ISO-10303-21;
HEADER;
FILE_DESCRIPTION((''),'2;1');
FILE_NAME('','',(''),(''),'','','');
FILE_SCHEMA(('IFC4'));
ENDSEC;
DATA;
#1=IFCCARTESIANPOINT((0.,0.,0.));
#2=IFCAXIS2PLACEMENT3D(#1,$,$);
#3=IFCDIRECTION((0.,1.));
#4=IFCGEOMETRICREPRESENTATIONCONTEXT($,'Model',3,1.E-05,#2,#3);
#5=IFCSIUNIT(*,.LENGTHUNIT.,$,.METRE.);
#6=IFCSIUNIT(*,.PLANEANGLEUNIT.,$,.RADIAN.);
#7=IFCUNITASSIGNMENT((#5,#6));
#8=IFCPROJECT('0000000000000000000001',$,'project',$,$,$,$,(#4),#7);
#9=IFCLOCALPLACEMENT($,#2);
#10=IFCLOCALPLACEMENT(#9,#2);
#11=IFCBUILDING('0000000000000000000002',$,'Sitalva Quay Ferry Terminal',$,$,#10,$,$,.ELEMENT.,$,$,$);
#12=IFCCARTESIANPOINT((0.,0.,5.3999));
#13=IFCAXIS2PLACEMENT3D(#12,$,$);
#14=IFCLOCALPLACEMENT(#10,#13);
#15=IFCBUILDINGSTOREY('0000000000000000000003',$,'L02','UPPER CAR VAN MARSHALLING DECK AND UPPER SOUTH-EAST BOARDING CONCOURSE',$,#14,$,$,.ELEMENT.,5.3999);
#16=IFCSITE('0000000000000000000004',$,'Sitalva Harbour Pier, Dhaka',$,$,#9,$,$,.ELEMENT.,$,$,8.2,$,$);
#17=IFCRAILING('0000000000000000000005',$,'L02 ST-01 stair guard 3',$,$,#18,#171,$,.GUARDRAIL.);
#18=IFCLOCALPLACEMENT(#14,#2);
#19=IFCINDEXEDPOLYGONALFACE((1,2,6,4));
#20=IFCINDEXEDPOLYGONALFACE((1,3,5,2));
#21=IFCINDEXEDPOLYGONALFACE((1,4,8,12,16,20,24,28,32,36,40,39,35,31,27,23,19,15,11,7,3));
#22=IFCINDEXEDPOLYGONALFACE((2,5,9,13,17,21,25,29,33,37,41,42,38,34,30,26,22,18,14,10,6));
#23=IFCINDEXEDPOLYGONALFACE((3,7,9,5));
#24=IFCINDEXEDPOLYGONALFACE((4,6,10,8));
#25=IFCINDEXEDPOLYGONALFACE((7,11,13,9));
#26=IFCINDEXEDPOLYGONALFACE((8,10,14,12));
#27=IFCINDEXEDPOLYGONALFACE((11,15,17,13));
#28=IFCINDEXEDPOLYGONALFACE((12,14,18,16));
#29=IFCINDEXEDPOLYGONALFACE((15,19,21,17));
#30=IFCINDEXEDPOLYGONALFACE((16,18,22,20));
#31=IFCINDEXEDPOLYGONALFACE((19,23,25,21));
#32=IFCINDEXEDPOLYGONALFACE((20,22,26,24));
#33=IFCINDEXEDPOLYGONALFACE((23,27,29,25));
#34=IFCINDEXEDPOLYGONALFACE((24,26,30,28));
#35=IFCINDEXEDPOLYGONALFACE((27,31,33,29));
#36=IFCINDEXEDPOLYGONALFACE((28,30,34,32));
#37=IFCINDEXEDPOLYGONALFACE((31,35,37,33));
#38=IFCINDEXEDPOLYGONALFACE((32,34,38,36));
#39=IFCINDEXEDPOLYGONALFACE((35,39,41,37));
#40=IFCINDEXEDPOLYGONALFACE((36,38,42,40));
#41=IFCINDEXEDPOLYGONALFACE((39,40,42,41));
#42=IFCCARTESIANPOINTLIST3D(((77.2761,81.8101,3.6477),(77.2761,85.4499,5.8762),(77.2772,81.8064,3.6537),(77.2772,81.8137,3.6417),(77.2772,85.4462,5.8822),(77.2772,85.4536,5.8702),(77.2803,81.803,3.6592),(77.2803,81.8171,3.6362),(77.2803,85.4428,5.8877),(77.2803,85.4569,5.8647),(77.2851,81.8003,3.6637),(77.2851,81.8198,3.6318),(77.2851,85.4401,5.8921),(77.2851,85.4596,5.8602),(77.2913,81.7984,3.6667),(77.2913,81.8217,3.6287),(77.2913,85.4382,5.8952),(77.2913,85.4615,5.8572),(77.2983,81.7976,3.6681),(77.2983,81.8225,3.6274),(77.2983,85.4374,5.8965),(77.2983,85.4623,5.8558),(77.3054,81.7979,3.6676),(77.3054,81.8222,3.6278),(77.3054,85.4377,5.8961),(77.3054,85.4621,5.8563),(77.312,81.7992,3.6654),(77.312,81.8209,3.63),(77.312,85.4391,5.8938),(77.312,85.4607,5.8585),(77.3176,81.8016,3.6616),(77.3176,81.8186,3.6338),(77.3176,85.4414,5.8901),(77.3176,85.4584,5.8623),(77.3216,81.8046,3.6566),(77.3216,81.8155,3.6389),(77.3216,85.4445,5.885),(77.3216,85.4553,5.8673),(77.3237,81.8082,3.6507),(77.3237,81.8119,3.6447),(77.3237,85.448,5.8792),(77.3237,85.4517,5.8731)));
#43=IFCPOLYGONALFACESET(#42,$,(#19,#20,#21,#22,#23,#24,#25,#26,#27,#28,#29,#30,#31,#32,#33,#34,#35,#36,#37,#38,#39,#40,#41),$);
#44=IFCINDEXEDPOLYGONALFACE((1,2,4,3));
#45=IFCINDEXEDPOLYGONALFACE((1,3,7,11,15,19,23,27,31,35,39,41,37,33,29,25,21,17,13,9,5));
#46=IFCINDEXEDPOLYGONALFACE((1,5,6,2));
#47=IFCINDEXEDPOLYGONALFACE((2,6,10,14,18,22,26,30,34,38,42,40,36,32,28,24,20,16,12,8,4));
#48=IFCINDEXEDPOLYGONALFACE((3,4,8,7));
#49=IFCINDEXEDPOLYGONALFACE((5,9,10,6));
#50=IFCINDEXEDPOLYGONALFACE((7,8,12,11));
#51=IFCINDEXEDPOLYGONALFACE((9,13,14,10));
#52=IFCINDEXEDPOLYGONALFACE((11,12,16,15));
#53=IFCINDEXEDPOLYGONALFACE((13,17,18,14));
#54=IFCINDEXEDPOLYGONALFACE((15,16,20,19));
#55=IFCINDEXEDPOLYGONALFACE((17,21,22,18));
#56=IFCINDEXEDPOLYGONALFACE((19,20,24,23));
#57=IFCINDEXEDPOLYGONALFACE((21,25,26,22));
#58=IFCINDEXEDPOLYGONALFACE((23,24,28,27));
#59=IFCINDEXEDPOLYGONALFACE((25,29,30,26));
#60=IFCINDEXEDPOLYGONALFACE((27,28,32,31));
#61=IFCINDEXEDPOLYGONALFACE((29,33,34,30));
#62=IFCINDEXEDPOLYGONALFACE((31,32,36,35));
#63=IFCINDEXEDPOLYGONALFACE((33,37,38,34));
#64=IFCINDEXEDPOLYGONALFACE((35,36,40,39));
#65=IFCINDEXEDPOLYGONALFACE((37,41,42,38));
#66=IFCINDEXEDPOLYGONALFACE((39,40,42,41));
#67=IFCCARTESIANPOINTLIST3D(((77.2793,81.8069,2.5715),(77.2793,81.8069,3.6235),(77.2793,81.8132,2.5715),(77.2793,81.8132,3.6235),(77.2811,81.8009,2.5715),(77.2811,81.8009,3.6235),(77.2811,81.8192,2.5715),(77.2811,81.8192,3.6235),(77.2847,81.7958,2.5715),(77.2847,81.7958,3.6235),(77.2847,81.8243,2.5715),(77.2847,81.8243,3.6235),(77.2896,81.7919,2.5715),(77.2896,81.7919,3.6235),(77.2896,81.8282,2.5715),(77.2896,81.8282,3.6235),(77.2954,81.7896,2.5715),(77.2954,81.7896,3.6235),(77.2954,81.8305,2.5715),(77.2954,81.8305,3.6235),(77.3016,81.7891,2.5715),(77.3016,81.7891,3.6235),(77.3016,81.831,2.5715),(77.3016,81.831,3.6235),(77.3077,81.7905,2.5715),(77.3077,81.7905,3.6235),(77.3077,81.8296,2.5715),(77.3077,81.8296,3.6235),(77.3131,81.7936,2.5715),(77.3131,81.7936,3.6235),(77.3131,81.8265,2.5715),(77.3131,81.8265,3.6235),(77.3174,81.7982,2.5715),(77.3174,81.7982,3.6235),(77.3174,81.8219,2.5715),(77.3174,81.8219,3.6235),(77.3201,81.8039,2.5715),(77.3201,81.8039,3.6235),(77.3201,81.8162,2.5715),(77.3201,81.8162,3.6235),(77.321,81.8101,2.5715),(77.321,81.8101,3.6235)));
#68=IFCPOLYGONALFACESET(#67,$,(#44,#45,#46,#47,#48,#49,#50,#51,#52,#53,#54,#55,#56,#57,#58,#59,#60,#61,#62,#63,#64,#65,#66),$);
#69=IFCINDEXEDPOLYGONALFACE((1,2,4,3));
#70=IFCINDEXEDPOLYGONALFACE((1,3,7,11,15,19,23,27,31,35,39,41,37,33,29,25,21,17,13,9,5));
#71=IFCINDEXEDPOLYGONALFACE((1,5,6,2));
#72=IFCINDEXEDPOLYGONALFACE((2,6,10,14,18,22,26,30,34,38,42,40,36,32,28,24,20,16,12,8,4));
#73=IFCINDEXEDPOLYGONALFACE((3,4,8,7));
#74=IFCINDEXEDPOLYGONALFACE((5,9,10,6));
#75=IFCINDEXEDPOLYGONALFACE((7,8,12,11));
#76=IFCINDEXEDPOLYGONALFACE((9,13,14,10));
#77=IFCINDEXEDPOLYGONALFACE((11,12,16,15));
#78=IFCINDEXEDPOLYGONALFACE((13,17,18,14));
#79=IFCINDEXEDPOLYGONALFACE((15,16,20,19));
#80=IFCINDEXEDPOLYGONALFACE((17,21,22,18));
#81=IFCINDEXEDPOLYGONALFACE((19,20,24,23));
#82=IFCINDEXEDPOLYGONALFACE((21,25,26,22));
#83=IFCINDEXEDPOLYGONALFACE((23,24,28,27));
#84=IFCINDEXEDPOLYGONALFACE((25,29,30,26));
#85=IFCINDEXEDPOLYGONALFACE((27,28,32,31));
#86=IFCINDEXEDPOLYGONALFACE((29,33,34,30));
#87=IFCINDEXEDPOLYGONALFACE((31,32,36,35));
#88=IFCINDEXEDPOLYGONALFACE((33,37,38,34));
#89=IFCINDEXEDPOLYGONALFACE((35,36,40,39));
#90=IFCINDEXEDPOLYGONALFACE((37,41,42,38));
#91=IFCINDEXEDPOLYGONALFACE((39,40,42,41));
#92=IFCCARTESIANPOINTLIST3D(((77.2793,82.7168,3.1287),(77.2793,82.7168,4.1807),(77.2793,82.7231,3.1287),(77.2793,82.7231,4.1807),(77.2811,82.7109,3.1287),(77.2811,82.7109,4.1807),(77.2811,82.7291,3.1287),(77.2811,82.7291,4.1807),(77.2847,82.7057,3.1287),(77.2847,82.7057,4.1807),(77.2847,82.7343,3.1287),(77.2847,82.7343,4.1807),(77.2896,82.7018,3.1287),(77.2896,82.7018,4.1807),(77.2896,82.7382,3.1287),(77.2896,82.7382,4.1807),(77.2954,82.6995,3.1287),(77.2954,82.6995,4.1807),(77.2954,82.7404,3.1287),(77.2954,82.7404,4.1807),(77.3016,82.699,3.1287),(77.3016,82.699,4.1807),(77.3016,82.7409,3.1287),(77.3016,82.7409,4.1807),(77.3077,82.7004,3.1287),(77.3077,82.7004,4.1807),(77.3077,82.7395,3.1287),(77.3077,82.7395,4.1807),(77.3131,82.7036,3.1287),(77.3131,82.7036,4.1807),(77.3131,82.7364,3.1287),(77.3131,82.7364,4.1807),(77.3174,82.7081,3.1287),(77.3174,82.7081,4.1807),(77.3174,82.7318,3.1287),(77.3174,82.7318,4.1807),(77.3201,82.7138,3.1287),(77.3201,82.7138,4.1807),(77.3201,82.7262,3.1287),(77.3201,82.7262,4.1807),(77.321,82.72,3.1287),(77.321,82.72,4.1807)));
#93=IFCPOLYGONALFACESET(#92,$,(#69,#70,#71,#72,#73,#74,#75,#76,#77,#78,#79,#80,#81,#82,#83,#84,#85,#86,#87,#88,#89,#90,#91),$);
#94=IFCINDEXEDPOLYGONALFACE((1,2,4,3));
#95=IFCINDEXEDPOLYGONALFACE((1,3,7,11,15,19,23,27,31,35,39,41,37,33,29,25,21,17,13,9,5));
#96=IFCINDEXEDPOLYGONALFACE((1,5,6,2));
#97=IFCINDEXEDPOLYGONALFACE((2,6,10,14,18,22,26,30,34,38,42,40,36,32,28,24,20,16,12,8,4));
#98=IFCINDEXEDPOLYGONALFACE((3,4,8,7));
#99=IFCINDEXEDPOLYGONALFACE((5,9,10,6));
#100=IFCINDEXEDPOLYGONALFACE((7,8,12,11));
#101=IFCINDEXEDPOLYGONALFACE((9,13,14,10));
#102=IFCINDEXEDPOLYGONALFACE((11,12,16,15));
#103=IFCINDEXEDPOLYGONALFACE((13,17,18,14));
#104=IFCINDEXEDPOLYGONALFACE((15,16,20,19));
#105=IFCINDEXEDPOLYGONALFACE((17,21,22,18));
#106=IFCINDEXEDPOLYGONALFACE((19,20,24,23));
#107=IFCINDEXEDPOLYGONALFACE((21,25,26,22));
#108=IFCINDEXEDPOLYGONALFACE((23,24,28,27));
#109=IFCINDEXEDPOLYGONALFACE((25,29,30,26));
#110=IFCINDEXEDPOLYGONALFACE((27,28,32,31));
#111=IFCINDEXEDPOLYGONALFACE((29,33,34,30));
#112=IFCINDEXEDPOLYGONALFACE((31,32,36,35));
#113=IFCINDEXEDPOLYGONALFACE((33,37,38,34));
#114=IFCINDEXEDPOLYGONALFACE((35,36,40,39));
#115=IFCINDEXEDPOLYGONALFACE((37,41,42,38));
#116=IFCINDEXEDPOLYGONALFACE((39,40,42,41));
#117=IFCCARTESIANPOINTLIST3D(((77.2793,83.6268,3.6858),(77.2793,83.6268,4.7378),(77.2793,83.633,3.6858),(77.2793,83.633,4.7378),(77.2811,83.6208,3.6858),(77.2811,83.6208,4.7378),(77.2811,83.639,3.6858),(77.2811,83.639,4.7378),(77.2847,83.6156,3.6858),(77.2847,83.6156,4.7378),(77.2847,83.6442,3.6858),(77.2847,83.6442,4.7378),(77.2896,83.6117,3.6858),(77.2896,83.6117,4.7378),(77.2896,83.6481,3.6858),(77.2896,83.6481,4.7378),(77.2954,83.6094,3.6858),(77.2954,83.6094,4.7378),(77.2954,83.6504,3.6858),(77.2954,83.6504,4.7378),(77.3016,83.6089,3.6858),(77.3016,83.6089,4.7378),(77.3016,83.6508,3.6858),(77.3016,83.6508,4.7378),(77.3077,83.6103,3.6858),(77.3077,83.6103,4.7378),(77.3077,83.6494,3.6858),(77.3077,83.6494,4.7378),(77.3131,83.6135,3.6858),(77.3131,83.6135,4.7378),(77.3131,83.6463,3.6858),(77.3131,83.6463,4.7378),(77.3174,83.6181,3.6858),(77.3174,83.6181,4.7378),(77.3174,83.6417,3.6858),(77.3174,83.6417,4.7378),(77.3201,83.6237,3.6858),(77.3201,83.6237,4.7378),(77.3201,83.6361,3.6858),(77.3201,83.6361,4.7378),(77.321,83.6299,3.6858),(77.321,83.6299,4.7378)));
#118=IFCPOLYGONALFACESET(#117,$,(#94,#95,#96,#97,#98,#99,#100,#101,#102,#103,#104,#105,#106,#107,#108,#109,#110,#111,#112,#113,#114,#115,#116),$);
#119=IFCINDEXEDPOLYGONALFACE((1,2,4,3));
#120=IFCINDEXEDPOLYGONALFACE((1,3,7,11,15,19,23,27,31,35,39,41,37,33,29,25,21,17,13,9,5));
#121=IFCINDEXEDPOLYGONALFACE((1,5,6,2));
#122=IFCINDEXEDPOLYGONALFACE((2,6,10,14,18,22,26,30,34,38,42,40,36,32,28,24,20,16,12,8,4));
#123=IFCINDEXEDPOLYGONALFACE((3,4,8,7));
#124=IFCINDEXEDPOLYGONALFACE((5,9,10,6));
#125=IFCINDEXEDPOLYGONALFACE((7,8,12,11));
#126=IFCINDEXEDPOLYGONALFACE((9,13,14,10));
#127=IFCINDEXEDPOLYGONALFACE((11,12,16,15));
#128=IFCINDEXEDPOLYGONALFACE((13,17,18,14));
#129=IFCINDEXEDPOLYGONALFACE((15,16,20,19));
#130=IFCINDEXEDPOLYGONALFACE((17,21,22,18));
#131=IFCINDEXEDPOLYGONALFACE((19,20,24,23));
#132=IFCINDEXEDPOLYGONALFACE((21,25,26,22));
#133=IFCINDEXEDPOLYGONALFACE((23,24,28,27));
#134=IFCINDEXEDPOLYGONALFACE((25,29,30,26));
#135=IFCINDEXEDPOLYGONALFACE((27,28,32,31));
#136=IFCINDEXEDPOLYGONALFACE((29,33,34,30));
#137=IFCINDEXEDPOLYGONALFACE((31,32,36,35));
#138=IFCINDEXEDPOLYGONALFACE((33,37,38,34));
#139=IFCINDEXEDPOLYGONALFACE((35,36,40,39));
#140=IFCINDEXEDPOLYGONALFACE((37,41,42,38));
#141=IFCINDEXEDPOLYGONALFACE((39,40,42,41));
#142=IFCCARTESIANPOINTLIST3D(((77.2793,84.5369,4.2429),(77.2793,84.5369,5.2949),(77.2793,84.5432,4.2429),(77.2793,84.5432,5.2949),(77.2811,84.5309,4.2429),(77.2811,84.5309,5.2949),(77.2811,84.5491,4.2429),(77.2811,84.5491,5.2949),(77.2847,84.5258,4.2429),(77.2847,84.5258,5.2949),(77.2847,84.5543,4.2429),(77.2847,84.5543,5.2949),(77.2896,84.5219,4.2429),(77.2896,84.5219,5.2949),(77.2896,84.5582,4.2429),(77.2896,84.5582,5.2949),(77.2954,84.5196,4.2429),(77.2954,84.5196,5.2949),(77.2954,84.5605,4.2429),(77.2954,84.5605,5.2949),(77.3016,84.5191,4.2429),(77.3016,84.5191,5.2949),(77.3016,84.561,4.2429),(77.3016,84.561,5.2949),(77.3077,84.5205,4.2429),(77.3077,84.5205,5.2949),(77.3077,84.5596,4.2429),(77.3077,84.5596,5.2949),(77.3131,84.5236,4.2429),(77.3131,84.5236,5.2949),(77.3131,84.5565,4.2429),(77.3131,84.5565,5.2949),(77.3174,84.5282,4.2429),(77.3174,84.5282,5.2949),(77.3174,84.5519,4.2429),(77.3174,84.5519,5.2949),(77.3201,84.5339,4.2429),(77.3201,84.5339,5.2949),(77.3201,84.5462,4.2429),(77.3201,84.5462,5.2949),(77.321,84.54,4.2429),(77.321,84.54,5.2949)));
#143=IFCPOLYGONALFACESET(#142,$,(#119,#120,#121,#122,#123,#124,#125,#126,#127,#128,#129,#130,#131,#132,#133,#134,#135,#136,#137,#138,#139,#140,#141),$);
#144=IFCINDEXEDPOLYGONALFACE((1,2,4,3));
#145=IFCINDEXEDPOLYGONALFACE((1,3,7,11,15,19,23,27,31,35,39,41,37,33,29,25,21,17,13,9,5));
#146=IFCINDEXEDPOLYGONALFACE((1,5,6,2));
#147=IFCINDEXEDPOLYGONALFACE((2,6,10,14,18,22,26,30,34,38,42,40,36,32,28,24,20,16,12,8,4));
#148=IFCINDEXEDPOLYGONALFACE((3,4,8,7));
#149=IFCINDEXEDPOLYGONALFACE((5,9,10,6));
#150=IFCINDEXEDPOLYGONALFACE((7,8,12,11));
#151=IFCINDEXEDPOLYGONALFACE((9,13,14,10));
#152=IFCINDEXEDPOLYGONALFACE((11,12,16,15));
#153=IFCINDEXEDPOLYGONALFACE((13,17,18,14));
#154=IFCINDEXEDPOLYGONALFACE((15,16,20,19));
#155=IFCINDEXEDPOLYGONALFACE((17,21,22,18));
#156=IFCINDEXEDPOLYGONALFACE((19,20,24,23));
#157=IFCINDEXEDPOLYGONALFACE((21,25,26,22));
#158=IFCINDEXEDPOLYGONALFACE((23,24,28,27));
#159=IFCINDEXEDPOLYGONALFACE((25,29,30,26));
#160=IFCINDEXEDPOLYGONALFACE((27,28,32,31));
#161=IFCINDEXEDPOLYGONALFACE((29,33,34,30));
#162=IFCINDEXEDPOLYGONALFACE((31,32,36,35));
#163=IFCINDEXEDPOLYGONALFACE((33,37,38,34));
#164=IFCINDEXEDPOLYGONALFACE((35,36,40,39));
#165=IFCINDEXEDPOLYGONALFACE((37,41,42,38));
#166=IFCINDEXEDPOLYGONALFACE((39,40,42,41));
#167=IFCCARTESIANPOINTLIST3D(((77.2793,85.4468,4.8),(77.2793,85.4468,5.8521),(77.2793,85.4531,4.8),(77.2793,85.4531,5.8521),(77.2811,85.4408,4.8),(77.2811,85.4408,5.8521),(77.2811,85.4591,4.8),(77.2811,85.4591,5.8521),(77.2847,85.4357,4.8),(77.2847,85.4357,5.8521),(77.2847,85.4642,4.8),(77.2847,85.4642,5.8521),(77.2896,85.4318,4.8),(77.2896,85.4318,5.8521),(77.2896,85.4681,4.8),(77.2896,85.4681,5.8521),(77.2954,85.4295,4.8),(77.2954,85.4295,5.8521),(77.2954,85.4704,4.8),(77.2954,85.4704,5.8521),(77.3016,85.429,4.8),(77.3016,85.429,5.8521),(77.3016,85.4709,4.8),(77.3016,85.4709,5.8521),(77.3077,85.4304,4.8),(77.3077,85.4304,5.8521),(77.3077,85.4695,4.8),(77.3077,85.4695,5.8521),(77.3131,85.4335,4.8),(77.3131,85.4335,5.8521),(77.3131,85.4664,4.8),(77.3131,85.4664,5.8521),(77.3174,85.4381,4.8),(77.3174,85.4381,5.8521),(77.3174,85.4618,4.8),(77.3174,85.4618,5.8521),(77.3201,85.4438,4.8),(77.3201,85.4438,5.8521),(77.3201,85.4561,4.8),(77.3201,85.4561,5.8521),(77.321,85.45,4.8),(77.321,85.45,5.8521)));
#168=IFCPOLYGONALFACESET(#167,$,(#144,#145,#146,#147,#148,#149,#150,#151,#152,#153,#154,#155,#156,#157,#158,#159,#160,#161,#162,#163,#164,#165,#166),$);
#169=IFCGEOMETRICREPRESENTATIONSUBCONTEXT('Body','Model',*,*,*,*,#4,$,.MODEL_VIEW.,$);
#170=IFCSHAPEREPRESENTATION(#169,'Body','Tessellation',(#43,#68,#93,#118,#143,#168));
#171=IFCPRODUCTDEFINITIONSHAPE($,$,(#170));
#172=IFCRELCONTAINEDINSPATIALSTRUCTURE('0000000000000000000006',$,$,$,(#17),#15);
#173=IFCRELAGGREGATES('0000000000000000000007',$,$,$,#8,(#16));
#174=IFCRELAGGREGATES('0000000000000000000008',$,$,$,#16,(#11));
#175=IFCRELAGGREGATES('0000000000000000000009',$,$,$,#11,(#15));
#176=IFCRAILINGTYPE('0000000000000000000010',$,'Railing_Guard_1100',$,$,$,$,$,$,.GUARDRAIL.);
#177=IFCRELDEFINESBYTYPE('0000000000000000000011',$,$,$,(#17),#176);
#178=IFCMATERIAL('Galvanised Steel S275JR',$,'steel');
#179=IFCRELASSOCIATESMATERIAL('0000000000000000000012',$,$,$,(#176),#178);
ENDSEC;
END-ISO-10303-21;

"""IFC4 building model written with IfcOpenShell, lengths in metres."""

from ifc_helpers import new_model, si_unit, direction, frame, origin, origin_2d, place, context, subcontext, project, spatial, circle, extrude, material, type_object, element, save


model = new_model("IFC4")

# Units and contexts
model_context = context("Model", 3, precision=1e-05, world=origin(), true_north=direction((0.0, 1.0)))
body_context = subcontext(model_context, "Body", "Model", "MODEL_VIEW")
ifc_project = project(units=[si_unit("LENGTHUNIT", "METRE"), si_unit("PLANEANGLEUNIT", "RADIAN")], contexts=[model_context])

# Site, building, storey
site_placement = place(None, origin())
site = spatial("IfcSite", under=ifc_project, at=site_placement, Name="Sitalva Harbour Pier, Dhaka", CompositionType="ELEMENT", RefElevation=8.2)
building_placement = place(site_placement, origin())
building = spatial("IfcBuilding", under=site, at=building_placement, Name="Sitalva Quay Ferry Terminal", CompositionType="ELEMENT")
storey_placement = place(building_placement, frame((0.0, 0.0, 5.3999)))
storey = spatial("IfcBuildingStorey", under=building, at=storey_placement, Name="L02", Description="UPPER CAR VAN MARSHALLING DECK AND UPPER SOUTH-EAST BOARDING CONCOURSE", CompositionType="ELEMENT", Elevation=5.3999)

# Railing
ifc_material_1 = material(Name="Galvanised Steel S275JR", Category="steel")
railing_type_1 = type_object("IfcRailingType", Name="Railing_Guard_1100", PredefinedType="GUARDRAIL", material=ifc_material_1)
railing_1_placement = place(storey_placement, frame((77.3, 81.8101, 2.5715)))
element("IfcRailing", 1, at=railing_1_placement, inside=storey, type_object=railing_type_1, Name="L02 ST-01 stair guard 3", PredefinedType="GUARDRAIL", context=body_context, shape_type="SweptSolid", body=[
    extrude(circle(Radius=0.0239, at=origin_2d()), frame((0.0, 0.0, 1.0762), z_axis=(0.0, 0.85285, 0.522156), x_axis=(-1.0, 0.0, 0.0)), (0.0, 0.0, 1.0), 4.2678),
    extrude(circle(Radius=0.021, at=origin_2d()), origin(), (0.0, 0.0, 1.0), 1.052),
    extrude(circle(Radius=0.021, at=origin_2d()), frame((0.0, 0.9099, 0.5571)), (0.0, 0.0, 1.0), 1.052),
    extrude(circle(Radius=0.021, at=origin_2d()), frame((0.0, 1.8198, 1.1143)), (0.0, 0.0, 1.0), 1.052),
    extrude(circle(Radius=0.021, at=origin_2d()), frame((0.0, 2.73, 1.6714)), (0.0, 0.0, 1.0), 1.052),
    extrude(circle(Radius=0.021, at=origin_2d()), frame((0.0, 3.6399, 2.2285)), (0.0, 0.0, 1.0), 1.052),
])

save(model, "model.ifc")
